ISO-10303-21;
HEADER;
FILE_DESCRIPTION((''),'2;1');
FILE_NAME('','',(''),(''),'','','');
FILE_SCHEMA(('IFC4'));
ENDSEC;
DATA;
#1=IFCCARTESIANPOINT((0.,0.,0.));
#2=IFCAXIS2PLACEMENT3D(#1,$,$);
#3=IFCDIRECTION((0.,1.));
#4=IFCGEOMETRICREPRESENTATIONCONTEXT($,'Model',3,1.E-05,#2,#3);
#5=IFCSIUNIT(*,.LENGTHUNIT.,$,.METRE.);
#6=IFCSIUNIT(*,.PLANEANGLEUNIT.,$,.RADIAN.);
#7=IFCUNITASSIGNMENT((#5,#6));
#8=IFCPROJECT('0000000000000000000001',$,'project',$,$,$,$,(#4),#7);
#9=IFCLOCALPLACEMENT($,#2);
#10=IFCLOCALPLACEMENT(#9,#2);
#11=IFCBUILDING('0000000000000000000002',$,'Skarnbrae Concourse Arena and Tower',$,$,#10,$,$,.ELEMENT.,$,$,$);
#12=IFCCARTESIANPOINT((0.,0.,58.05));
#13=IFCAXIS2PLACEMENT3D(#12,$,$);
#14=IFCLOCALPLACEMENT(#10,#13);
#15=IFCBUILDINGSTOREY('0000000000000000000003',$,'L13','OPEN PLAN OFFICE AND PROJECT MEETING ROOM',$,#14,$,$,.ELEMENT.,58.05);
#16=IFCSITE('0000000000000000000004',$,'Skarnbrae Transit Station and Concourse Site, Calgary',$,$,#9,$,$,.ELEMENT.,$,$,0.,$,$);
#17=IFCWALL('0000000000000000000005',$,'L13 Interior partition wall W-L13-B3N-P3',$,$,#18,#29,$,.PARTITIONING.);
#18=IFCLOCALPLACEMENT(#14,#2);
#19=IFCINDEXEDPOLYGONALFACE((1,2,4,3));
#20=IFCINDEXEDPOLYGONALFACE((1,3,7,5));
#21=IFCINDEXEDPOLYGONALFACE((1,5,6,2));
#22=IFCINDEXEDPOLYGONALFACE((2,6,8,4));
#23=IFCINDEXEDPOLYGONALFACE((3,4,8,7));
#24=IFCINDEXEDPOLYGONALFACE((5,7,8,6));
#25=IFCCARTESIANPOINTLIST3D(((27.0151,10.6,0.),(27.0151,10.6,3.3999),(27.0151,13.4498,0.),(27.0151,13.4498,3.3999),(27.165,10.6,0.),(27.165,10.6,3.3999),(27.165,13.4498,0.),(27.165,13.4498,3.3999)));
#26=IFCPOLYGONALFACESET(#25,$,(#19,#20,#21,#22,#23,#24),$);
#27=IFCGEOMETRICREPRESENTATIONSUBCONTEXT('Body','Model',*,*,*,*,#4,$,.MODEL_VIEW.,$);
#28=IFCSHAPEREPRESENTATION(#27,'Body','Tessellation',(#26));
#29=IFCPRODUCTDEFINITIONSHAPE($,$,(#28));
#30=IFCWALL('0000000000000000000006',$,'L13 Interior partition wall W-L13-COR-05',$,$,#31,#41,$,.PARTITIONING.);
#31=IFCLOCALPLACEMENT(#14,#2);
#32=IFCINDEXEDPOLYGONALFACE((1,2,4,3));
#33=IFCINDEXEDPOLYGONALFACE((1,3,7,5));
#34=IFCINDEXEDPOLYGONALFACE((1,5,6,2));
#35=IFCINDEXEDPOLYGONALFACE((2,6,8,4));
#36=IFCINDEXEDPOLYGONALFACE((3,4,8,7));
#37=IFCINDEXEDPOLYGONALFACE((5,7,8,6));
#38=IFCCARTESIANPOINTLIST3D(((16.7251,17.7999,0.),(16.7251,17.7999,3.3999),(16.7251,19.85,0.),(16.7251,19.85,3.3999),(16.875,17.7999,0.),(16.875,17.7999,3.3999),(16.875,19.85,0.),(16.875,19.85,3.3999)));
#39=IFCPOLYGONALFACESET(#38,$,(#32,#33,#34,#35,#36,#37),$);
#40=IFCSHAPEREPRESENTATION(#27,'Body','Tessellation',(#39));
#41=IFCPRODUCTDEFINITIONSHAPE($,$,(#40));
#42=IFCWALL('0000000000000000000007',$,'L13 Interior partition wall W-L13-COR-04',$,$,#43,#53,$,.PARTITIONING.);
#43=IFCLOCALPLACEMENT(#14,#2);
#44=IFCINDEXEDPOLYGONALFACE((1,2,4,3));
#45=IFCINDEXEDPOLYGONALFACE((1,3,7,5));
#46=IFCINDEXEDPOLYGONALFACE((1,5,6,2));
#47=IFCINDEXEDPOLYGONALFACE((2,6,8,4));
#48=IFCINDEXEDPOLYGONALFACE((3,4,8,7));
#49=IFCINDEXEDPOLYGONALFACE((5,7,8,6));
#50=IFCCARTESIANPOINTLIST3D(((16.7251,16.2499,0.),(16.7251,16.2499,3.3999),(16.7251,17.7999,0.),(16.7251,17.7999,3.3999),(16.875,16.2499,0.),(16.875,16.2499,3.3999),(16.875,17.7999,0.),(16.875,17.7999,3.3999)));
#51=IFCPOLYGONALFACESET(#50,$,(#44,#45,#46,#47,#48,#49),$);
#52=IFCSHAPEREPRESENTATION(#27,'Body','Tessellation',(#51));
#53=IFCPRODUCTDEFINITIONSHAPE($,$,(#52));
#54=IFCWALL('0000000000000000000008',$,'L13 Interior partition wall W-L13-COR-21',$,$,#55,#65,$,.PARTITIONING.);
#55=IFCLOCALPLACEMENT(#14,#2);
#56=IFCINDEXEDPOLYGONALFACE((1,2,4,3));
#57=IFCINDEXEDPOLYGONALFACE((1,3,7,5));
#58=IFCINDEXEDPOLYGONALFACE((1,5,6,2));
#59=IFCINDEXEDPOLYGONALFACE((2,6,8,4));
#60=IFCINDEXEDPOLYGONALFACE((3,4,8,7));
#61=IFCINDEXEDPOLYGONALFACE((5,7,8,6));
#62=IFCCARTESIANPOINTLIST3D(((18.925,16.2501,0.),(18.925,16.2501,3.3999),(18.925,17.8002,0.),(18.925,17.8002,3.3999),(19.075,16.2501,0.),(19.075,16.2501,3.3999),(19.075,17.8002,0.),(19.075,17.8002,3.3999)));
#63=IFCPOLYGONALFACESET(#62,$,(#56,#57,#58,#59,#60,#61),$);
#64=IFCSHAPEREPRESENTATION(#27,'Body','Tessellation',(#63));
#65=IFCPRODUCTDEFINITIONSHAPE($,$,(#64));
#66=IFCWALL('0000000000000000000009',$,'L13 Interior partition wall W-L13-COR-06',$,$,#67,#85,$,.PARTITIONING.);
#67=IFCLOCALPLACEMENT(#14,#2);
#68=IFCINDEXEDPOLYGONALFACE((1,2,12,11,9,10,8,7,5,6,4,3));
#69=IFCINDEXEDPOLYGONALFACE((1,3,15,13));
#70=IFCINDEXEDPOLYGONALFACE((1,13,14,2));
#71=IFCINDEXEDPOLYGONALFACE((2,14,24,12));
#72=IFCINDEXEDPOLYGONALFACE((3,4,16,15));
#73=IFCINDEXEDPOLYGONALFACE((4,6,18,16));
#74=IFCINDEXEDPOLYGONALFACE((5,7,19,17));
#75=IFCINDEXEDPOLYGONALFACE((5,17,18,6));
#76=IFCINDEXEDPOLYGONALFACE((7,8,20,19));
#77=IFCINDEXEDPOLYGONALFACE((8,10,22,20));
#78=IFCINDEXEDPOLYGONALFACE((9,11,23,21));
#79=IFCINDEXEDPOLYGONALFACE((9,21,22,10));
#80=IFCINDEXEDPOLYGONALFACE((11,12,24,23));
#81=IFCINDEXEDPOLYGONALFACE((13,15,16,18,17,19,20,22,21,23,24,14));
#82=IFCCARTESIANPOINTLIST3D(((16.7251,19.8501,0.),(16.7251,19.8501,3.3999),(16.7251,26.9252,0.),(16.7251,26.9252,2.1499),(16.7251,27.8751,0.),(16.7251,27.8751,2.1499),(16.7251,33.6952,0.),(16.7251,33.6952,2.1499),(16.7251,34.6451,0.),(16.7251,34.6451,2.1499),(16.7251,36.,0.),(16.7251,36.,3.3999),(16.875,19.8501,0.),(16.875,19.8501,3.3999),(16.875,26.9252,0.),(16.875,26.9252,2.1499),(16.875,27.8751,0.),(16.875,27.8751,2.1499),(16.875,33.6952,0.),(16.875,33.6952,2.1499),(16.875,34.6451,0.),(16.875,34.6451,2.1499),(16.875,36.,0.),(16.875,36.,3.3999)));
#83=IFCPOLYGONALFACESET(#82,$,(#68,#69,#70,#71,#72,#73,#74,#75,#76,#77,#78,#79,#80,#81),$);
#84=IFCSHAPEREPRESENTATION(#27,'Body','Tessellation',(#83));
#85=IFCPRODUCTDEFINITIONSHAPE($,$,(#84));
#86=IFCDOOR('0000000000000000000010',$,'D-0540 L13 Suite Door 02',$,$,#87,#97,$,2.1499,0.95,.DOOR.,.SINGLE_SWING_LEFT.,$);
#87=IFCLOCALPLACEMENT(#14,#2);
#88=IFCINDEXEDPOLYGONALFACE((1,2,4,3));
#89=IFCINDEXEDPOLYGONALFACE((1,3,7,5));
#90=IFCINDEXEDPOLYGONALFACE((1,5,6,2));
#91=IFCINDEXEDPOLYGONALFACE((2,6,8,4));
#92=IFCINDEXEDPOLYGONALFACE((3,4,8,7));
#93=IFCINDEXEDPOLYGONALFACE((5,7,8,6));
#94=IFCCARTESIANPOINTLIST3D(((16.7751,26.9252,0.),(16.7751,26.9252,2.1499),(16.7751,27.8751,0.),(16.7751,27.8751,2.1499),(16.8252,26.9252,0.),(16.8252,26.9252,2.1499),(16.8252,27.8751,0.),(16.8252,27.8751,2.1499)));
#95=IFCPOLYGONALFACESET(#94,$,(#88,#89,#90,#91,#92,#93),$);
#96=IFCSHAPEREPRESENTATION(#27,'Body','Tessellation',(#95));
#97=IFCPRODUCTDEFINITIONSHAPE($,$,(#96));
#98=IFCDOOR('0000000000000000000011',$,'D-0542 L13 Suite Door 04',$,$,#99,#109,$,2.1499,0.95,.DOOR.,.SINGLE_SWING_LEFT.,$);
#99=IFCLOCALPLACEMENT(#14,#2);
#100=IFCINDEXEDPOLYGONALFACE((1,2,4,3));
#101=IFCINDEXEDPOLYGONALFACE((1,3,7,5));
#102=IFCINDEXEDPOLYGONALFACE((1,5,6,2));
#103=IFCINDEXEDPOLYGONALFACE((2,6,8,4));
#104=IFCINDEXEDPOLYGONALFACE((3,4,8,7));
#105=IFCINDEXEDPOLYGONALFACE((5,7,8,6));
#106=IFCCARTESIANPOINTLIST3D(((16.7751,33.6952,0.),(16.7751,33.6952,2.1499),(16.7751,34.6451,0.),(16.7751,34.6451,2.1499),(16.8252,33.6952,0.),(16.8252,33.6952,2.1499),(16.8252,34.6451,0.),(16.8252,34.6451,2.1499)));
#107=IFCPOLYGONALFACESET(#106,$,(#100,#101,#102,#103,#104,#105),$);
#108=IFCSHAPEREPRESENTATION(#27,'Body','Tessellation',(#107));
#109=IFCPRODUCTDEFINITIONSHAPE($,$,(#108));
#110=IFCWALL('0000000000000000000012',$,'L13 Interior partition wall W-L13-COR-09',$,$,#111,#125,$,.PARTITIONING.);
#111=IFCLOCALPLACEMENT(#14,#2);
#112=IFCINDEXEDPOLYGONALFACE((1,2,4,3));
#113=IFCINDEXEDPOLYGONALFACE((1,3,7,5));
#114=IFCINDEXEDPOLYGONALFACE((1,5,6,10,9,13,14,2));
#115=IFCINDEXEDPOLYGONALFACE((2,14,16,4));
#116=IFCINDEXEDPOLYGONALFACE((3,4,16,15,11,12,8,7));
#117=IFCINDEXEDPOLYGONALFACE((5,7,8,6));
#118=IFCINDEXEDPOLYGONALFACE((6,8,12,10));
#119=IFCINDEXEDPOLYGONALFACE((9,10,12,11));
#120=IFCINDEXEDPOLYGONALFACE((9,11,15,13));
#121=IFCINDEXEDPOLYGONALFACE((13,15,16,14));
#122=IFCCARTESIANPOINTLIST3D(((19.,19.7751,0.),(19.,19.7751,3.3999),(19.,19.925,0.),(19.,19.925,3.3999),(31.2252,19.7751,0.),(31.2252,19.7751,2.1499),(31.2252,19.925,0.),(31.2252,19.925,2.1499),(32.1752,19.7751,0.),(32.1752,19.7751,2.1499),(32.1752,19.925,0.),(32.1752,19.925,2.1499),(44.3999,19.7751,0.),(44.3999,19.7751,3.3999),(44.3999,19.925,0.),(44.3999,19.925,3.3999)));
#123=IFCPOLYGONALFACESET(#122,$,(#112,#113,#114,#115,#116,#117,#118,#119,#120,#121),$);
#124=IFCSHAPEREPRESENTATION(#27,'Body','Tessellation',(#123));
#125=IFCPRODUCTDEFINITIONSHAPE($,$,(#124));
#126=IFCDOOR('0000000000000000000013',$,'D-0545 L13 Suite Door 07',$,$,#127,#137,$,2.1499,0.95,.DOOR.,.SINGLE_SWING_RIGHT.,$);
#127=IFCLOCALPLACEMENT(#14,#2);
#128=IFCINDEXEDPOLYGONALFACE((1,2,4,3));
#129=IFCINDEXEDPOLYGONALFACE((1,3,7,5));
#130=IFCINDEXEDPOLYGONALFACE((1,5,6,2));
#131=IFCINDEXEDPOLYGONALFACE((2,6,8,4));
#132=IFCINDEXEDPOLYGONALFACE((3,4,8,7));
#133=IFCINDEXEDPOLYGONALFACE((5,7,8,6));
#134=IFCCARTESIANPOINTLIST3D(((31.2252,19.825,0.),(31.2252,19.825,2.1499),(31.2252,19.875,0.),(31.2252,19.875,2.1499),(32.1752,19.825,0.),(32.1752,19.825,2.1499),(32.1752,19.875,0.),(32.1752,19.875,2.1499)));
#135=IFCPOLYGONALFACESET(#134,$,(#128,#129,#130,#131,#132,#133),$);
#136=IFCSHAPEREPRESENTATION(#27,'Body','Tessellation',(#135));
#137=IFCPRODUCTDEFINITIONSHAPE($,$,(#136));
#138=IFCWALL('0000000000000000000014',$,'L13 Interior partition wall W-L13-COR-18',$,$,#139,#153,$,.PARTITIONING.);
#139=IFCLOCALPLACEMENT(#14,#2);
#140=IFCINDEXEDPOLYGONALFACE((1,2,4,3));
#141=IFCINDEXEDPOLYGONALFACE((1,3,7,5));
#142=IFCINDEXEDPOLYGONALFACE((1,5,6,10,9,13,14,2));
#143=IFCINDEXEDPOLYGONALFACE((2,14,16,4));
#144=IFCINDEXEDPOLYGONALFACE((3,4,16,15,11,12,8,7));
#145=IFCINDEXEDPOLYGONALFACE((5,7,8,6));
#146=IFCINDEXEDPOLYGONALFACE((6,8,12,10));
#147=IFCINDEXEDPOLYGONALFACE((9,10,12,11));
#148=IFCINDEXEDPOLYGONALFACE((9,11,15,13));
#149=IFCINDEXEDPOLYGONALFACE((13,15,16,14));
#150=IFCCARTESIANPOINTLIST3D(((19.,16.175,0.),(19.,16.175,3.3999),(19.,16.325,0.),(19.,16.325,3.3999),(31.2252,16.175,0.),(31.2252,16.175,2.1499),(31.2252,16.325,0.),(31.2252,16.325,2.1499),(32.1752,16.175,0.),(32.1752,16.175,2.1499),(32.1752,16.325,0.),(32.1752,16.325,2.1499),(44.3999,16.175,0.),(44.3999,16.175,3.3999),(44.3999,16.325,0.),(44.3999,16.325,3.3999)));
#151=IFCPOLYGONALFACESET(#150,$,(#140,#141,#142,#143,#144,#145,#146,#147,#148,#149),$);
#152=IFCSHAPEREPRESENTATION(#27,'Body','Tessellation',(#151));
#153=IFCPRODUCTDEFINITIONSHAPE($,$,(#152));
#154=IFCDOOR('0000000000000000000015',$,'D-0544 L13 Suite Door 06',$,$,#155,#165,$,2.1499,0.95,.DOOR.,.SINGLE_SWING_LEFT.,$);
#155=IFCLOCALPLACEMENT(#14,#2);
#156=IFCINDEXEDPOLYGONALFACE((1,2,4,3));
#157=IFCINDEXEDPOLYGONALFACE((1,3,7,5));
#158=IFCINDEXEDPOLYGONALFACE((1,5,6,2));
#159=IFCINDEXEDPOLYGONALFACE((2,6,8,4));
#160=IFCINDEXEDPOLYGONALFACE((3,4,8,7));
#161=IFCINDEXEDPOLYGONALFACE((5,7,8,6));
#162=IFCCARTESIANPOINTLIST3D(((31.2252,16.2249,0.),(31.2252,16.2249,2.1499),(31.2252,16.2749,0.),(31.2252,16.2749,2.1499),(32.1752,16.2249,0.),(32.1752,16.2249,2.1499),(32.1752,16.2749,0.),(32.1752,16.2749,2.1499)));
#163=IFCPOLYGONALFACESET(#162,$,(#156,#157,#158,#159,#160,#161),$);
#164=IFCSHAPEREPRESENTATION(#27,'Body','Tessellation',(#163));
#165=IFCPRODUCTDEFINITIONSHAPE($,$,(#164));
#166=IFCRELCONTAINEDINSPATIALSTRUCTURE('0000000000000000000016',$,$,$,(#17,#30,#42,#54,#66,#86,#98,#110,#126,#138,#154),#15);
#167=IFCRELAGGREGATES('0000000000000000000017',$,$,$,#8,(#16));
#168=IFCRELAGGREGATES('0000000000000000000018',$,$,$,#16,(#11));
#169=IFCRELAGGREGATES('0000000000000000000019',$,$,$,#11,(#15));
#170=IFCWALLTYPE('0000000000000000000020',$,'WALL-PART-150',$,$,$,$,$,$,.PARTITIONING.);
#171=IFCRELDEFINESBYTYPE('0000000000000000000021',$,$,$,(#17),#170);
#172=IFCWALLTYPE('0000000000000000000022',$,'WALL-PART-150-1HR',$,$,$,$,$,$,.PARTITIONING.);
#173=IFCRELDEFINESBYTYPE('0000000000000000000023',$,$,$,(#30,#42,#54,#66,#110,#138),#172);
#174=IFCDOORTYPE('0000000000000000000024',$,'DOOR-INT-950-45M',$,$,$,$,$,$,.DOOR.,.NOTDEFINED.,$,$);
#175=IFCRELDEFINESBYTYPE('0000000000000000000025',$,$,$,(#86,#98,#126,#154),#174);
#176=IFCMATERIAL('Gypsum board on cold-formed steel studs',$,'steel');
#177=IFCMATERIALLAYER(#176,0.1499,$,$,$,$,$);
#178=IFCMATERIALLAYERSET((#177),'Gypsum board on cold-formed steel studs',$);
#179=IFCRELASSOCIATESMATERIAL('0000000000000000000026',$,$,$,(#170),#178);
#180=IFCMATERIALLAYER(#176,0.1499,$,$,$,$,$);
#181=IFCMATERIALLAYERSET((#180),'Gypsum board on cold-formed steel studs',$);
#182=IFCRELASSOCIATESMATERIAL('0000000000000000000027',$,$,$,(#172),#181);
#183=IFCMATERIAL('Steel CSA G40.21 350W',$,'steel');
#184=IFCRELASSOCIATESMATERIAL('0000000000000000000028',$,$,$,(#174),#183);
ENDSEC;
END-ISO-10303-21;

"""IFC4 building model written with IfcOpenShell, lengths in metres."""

from ifc_helpers import new_model, si_unit, direction, frame, frame_2d, origin, place, context, subcontext, project, spatial, rectangle, extrude, source, transform, mapped, material, layer, layer_set, type_object, element, fill, save


model = new_model("IFC4")

# Units and contexts
model_context = context("Model", 3, precision=1e-05, world=origin(), true_north=direction((0.0, 1.0)))
body_context = subcontext(model_context, "Body", "Model", "MODEL_VIEW")
ifc_project = project(units=[si_unit("LENGTHUNIT", "METRE"), si_unit("PLANEANGLEUNIT", "RADIAN")], contexts=[model_context])

# Site, building, storey
site_placement = place(None, origin())
site = spatial("IfcSite", under=ifc_project, at=site_placement, Name="Skarnbrae Transit Station and Concourse Site, Calgary", CompositionType="ELEMENT", RefElevation=0.0)
building_placement = place(site_placement, origin())
building = spatial("IfcBuilding", under=site, at=building_placement, Name="Skarnbrae Concourse Arena and Tower", CompositionType="ELEMENT")
storey_placement = place(building_placement, frame((0.0, 0.0, 58.05)))
storey = spatial("IfcBuildingStorey", under=building, at=storey_placement, Name="L13", Description="OPEN PLAN OFFICE AND PROJECT MEETING ROOM", CompositionType="ELEMENT", Elevation=58.05)

# Shared definitions
ifc_material_1 = material(Name="Steel CSA G40.21 350W", Category="steel")

# Walls
ifc_material_2 = material(Name="Gypsum board on cold-formed steel studs", Category="steel")
ifc_layer_1 = layer(ifc_material_2, 0.1499)
ifc_layer_set_1 = layer_set([ifc_layer_1], Name="Gypsum board on cold-formed steel studs")
wall_type_1 = type_object("IfcWallType", Name="WALL-PART-150", PredefinedType="PARTITIONING", material=ifc_layer_set_1)
shared_shape_1 = source(origin(), body_context, "Body", "SweptSolid", [
    extrude(rectangle(XDim=2.8499, YDim=0.1499, at=frame_2d((1.4248, 0.0))), origin(), (0.0, 0.0, 1.0), 3.3999),
])
for number, where, z_axis, x_axis, name in (
    (1, (27.0901, 10.6001, 0.0), (0.0, 0.0, 1.0), (0.0, 1.0, 0.0), "L13 Interior partition wall W-L13-B3N-P3"),
):
    element("IfcWall", number, at=place(storey_placement, frame(where, z_axis=z_axis, x_axis=x_axis)), inside=storey, type_object=wall_type_1, Name=name, PredefinedType="PARTITIONING", context=body_context, shape_type="MappedRepresentation", body=[
        mapped(shared_shape_1, transform((0.0, 0.0, 0.0))),
    ])
ifc_layer_2 = layer(ifc_material_2, 0.1499)
ifc_layer_set_2 = layer_set([ifc_layer_2], Name="Gypsum board on cold-formed steel studs")
wall_type_2 = type_object("IfcWallType", Name="WALL-PART-150-1HR", PredefinedType="PARTITIONING", material=ifc_layer_set_2)
shared_shape_2 = source(origin(), body_context, "Body", "SweptSolid", [
    extrude(rectangle(XDim=2.05, YDim=0.1499, at=frame_2d((1.0249, 0.0))), origin(), (0.0, 0.0, 1.0), 3.3999),
])
wall_1_placement = place(storey_placement, frame((16.8, 17.8, 0.0), z_axis=(0.0, 0.0, 1.0), x_axis=(0.0, 1.0, 0.0)))
element("IfcWall", 2, at=wall_1_placement, inside=storey, type_object=wall_type_2, Name="L13 Interior partition wall W-L13-COR-05", PredefinedType="PARTITIONING", context=body_context, shape_type="MappedRepresentation", body=[
    mapped(shared_shape_2, transform((0.0, 0.0, 0.0))),
])
shared_shape_3 = source(origin(), body_context, "Body", "SweptSolid", [
    extrude(rectangle(XDim=1.55, YDim=0.1499, at=frame_2d((0.7749, 0.0))), origin(), (0.0, 0.0, 1.0), 3.3999),
])
for number, where, z_axis, x_axis, name in (
    (3, (16.8, 16.25, 0.0), (0.0, 0.0, 1.0), (0.0, 1.0, 0.0), "L13 Interior partition wall W-L13-COR-04"),
    (4, (19.0, 17.8, 0.0), (0.0, 0.0, 1.0), (0.0, -1.0, 0.0), "L13 Interior partition wall W-L13-COR-21"),
):
    element("IfcWall", number, at=place(storey_placement, frame(where, z_axis=z_axis, x_axis=x_axis)), inside=storey, type_object=wall_type_2, Name=name, PredefinedType="PARTITIONING", context=body_context, shape_type="MappedRepresentation", body=[
        mapped(shared_shape_3, transform((0.0, 0.0, 0.0))),
    ])

# Wall, openings, doors
shared_shape_4 = source(origin(), body_context, "Body", "SweptSolid", [
    extrude(rectangle(XDim=16.1499, YDim=0.1499, at=frame_2d((8.075, 0.0))), origin(), (0.0, 0.0, 1.0), 3.3999),
])
wall_2_placement = place(storey_placement, frame((16.8, 19.8501, 0.0), z_axis=(0.0, 0.0, 1.0), x_axis=(0.0, 1.0, 0.0)))
wall_2 = element("IfcWall", 5, at=wall_2_placement, inside=storey, type_object=wall_type_2, Name="L13 Interior partition wall W-L13-COR-06", PredefinedType="PARTITIONING", context=body_context, shape_type="MappedRepresentation", body=[
    mapped(shared_shape_4, transform((0.0, 0.0, 0.0))),
])
opening_1_placement = place(wall_2_placement, frame((7.075, 0.0, 0.0)))
opening_1 = element("IfcOpeningElement", 6, at=opening_1_placement, cuts=wall_2, PredefinedType="OPENING", context=body_context, shape_type="SweptSolid", body=[
    extrude(rectangle(XDim=0.95, YDim=2.1499, at=frame_2d((0.4751, 1.075))), frame((0.0, 0.085, 0.0), z_axis=(0.0, -1.0, 0.0), x_axis=(1.0, 0.0, 0.0)), (0.0, 0.0, 1.0), 0.1699),
])
opening_2_placement = place(wall_2_placement, frame((13.845, 0.0, 0.0)))
opening_2 = element("IfcOpeningElement", 7, at=opening_2_placement, cuts=wall_2, PredefinedType="OPENING", context=body_context, shape_type="SweptSolid", body=[
    extrude(rectangle(XDim=0.95, YDim=2.1499, at=frame_2d((0.4751, 1.075))), frame((0.0, 0.085, 0.0), z_axis=(0.0, -1.0, 0.0), x_axis=(1.0, 0.0, 0.0)), (0.0, 0.0, 1.0), 0.1699),
])
door_type_1 = type_object("IfcDoorType", Name="DOOR-INT-950-45M", OperationType="NOTDEFINED", PredefinedType="DOOR", material=ifc_material_1)
shared_shape_5 = source(origin(), body_context, "Body", "SweptSolid", [
    extrude(rectangle(XDim=0.95, YDim=2.1499, at=frame_2d((0.4751, 1.075))), frame((0.0, 0.0249, 0.0), z_axis=(0.0, -1.0, 0.0), x_axis=(1.0, 0.0, 0.0)), (0.0, 0.0, 1.0), 0.05),
])
door_1_placement = place(opening_1_placement, origin())
door_1 = element("IfcDoor", 8, at=door_1_placement, inside=storey, type_object=door_type_1, Name="D-0540 L13 Suite Door 02", OperationType="SINGLE_SWING_LEFT", OverallHeight=2.1499, OverallWidth=0.95, PredefinedType="DOOR", context=body_context, shape_type="MappedRepresentation", body=[
    mapped(shared_shape_5, transform((0.0, 0.0, 0.0))),
])
fill(opening_1, door_1)
door_2_placement = place(opening_2_placement, origin())
door_2 = element("IfcDoor", 9, at=door_2_placement, inside=storey, type_object=door_type_1, Name="D-0542 L13 Suite Door 04", OperationType="SINGLE_SWING_LEFT", OverallHeight=2.1499, OverallWidth=0.95, PredefinedType="DOOR", context=body_context, shape_type="MappedRepresentation", body=[
    mapped(shared_shape_5, transform((0.0, 0.0, 0.0))),
])
fill(opening_2, door_2)

# Walls, openings, doors
shared_shape_6 = source(origin(), body_context, "Body", "SweptSolid", [
    extrude(rectangle(XDim=25.3999, YDim=0.1499, at=frame_2d((12.7, 0.0))), origin(), (0.0, 0.0, 1.0), 3.3999),
])
wall_3_placement = place(storey_placement, frame((19.0, 19.8501, 0.0), z_axis=(0.0, 0.0, 1.0), x_axis=(1.0, 0.0, 0.0)))
wall_3 = element("IfcWall", 10, at=wall_3_placement, inside=storey, type_object=wall_type_2, Name="L13 Interior partition wall W-L13-COR-09", PredefinedType="PARTITIONING", context=body_context, shape_type="MappedRepresentation", body=[
    mapped(shared_shape_6, transform((0.0, 0.0, 0.0))),
])
opening_3_placement = place(wall_3_placement, frame((12.2251, 0.0, 0.0)))
opening_3 = element("IfcOpeningElement", 11, at=opening_3_placement, cuts=wall_3, PredefinedType="OPENING", context=body_context, shape_type="SweptSolid", body=[
    extrude(rectangle(XDim=0.95, YDim=2.1499, at=frame_2d((0.4751, 1.075))), frame((0.0, 0.085, 0.0), z_axis=(0.0, -1.0, 0.0), x_axis=(1.0, 0.0, 0.0)), (0.0, 0.0, 1.0), 0.1699),
])
door_3_placement = place(opening_3_placement, origin())
door_3 = element("IfcDoor", 12, at=door_3_placement, inside=storey, type_object=door_type_1, Name="D-0545 L13 Suite Door 07", OperationType="SINGLE_SWING_RIGHT", OverallHeight=2.1499, OverallWidth=0.95, PredefinedType="DOOR", context=body_context, shape_type="MappedRepresentation", body=[
    mapped(shared_shape_5, transform((0.0, 0.0, 0.0))),
])
fill(opening_3, door_3)
wall_4_placement = place(storey_placement, frame((19.0, 16.25, 0.0), z_axis=(0.0, 0.0, 1.0), x_axis=(1.0, 0.0, 0.0)))
wall_4 = element("IfcWall", 13, at=wall_4_placement, inside=storey, type_object=wall_type_2, Name="L13 Interior partition wall W-L13-COR-18", PredefinedType="PARTITIONING", context=body_context, shape_type="MappedRepresentation", body=[
    mapped(shared_shape_6, transform((0.0, 0.0, 0.0))),
])
opening_4_placement = place(wall_4_placement, frame((12.2251, 0.0, 0.0)))
opening_4 = element("IfcOpeningElement", 14, at=opening_4_placement, cuts=wall_4, PredefinedType="OPENING", context=body_context, shape_type="SweptSolid", body=[
    extrude(rectangle(XDim=0.95, YDim=2.1499, at=frame_2d((0.4751, 1.075))), frame((0.0, 0.085, 0.0), z_axis=(0.0, -1.0, 0.0), x_axis=(1.0, 0.0, 0.0)), (0.0, 0.0, 1.0), 0.1699),
])
door_4_placement = place(opening_4_placement, origin())
door_4 = element("IfcDoor", 15, at=door_4_placement, inside=storey, type_object=door_type_1, Name="D-0544 L13 Suite Door 06", OperationType="SINGLE_SWING_LEFT", OverallHeight=2.1499, OverallWidth=0.95, PredefinedType="DOOR", context=body_context, shape_type="MappedRepresentation", body=[
    mapped(shared_shape_5, transform((0.0, 0.0, 0.0))),
])
fill(opening_4, door_4)

save(model, "model.ifc")
